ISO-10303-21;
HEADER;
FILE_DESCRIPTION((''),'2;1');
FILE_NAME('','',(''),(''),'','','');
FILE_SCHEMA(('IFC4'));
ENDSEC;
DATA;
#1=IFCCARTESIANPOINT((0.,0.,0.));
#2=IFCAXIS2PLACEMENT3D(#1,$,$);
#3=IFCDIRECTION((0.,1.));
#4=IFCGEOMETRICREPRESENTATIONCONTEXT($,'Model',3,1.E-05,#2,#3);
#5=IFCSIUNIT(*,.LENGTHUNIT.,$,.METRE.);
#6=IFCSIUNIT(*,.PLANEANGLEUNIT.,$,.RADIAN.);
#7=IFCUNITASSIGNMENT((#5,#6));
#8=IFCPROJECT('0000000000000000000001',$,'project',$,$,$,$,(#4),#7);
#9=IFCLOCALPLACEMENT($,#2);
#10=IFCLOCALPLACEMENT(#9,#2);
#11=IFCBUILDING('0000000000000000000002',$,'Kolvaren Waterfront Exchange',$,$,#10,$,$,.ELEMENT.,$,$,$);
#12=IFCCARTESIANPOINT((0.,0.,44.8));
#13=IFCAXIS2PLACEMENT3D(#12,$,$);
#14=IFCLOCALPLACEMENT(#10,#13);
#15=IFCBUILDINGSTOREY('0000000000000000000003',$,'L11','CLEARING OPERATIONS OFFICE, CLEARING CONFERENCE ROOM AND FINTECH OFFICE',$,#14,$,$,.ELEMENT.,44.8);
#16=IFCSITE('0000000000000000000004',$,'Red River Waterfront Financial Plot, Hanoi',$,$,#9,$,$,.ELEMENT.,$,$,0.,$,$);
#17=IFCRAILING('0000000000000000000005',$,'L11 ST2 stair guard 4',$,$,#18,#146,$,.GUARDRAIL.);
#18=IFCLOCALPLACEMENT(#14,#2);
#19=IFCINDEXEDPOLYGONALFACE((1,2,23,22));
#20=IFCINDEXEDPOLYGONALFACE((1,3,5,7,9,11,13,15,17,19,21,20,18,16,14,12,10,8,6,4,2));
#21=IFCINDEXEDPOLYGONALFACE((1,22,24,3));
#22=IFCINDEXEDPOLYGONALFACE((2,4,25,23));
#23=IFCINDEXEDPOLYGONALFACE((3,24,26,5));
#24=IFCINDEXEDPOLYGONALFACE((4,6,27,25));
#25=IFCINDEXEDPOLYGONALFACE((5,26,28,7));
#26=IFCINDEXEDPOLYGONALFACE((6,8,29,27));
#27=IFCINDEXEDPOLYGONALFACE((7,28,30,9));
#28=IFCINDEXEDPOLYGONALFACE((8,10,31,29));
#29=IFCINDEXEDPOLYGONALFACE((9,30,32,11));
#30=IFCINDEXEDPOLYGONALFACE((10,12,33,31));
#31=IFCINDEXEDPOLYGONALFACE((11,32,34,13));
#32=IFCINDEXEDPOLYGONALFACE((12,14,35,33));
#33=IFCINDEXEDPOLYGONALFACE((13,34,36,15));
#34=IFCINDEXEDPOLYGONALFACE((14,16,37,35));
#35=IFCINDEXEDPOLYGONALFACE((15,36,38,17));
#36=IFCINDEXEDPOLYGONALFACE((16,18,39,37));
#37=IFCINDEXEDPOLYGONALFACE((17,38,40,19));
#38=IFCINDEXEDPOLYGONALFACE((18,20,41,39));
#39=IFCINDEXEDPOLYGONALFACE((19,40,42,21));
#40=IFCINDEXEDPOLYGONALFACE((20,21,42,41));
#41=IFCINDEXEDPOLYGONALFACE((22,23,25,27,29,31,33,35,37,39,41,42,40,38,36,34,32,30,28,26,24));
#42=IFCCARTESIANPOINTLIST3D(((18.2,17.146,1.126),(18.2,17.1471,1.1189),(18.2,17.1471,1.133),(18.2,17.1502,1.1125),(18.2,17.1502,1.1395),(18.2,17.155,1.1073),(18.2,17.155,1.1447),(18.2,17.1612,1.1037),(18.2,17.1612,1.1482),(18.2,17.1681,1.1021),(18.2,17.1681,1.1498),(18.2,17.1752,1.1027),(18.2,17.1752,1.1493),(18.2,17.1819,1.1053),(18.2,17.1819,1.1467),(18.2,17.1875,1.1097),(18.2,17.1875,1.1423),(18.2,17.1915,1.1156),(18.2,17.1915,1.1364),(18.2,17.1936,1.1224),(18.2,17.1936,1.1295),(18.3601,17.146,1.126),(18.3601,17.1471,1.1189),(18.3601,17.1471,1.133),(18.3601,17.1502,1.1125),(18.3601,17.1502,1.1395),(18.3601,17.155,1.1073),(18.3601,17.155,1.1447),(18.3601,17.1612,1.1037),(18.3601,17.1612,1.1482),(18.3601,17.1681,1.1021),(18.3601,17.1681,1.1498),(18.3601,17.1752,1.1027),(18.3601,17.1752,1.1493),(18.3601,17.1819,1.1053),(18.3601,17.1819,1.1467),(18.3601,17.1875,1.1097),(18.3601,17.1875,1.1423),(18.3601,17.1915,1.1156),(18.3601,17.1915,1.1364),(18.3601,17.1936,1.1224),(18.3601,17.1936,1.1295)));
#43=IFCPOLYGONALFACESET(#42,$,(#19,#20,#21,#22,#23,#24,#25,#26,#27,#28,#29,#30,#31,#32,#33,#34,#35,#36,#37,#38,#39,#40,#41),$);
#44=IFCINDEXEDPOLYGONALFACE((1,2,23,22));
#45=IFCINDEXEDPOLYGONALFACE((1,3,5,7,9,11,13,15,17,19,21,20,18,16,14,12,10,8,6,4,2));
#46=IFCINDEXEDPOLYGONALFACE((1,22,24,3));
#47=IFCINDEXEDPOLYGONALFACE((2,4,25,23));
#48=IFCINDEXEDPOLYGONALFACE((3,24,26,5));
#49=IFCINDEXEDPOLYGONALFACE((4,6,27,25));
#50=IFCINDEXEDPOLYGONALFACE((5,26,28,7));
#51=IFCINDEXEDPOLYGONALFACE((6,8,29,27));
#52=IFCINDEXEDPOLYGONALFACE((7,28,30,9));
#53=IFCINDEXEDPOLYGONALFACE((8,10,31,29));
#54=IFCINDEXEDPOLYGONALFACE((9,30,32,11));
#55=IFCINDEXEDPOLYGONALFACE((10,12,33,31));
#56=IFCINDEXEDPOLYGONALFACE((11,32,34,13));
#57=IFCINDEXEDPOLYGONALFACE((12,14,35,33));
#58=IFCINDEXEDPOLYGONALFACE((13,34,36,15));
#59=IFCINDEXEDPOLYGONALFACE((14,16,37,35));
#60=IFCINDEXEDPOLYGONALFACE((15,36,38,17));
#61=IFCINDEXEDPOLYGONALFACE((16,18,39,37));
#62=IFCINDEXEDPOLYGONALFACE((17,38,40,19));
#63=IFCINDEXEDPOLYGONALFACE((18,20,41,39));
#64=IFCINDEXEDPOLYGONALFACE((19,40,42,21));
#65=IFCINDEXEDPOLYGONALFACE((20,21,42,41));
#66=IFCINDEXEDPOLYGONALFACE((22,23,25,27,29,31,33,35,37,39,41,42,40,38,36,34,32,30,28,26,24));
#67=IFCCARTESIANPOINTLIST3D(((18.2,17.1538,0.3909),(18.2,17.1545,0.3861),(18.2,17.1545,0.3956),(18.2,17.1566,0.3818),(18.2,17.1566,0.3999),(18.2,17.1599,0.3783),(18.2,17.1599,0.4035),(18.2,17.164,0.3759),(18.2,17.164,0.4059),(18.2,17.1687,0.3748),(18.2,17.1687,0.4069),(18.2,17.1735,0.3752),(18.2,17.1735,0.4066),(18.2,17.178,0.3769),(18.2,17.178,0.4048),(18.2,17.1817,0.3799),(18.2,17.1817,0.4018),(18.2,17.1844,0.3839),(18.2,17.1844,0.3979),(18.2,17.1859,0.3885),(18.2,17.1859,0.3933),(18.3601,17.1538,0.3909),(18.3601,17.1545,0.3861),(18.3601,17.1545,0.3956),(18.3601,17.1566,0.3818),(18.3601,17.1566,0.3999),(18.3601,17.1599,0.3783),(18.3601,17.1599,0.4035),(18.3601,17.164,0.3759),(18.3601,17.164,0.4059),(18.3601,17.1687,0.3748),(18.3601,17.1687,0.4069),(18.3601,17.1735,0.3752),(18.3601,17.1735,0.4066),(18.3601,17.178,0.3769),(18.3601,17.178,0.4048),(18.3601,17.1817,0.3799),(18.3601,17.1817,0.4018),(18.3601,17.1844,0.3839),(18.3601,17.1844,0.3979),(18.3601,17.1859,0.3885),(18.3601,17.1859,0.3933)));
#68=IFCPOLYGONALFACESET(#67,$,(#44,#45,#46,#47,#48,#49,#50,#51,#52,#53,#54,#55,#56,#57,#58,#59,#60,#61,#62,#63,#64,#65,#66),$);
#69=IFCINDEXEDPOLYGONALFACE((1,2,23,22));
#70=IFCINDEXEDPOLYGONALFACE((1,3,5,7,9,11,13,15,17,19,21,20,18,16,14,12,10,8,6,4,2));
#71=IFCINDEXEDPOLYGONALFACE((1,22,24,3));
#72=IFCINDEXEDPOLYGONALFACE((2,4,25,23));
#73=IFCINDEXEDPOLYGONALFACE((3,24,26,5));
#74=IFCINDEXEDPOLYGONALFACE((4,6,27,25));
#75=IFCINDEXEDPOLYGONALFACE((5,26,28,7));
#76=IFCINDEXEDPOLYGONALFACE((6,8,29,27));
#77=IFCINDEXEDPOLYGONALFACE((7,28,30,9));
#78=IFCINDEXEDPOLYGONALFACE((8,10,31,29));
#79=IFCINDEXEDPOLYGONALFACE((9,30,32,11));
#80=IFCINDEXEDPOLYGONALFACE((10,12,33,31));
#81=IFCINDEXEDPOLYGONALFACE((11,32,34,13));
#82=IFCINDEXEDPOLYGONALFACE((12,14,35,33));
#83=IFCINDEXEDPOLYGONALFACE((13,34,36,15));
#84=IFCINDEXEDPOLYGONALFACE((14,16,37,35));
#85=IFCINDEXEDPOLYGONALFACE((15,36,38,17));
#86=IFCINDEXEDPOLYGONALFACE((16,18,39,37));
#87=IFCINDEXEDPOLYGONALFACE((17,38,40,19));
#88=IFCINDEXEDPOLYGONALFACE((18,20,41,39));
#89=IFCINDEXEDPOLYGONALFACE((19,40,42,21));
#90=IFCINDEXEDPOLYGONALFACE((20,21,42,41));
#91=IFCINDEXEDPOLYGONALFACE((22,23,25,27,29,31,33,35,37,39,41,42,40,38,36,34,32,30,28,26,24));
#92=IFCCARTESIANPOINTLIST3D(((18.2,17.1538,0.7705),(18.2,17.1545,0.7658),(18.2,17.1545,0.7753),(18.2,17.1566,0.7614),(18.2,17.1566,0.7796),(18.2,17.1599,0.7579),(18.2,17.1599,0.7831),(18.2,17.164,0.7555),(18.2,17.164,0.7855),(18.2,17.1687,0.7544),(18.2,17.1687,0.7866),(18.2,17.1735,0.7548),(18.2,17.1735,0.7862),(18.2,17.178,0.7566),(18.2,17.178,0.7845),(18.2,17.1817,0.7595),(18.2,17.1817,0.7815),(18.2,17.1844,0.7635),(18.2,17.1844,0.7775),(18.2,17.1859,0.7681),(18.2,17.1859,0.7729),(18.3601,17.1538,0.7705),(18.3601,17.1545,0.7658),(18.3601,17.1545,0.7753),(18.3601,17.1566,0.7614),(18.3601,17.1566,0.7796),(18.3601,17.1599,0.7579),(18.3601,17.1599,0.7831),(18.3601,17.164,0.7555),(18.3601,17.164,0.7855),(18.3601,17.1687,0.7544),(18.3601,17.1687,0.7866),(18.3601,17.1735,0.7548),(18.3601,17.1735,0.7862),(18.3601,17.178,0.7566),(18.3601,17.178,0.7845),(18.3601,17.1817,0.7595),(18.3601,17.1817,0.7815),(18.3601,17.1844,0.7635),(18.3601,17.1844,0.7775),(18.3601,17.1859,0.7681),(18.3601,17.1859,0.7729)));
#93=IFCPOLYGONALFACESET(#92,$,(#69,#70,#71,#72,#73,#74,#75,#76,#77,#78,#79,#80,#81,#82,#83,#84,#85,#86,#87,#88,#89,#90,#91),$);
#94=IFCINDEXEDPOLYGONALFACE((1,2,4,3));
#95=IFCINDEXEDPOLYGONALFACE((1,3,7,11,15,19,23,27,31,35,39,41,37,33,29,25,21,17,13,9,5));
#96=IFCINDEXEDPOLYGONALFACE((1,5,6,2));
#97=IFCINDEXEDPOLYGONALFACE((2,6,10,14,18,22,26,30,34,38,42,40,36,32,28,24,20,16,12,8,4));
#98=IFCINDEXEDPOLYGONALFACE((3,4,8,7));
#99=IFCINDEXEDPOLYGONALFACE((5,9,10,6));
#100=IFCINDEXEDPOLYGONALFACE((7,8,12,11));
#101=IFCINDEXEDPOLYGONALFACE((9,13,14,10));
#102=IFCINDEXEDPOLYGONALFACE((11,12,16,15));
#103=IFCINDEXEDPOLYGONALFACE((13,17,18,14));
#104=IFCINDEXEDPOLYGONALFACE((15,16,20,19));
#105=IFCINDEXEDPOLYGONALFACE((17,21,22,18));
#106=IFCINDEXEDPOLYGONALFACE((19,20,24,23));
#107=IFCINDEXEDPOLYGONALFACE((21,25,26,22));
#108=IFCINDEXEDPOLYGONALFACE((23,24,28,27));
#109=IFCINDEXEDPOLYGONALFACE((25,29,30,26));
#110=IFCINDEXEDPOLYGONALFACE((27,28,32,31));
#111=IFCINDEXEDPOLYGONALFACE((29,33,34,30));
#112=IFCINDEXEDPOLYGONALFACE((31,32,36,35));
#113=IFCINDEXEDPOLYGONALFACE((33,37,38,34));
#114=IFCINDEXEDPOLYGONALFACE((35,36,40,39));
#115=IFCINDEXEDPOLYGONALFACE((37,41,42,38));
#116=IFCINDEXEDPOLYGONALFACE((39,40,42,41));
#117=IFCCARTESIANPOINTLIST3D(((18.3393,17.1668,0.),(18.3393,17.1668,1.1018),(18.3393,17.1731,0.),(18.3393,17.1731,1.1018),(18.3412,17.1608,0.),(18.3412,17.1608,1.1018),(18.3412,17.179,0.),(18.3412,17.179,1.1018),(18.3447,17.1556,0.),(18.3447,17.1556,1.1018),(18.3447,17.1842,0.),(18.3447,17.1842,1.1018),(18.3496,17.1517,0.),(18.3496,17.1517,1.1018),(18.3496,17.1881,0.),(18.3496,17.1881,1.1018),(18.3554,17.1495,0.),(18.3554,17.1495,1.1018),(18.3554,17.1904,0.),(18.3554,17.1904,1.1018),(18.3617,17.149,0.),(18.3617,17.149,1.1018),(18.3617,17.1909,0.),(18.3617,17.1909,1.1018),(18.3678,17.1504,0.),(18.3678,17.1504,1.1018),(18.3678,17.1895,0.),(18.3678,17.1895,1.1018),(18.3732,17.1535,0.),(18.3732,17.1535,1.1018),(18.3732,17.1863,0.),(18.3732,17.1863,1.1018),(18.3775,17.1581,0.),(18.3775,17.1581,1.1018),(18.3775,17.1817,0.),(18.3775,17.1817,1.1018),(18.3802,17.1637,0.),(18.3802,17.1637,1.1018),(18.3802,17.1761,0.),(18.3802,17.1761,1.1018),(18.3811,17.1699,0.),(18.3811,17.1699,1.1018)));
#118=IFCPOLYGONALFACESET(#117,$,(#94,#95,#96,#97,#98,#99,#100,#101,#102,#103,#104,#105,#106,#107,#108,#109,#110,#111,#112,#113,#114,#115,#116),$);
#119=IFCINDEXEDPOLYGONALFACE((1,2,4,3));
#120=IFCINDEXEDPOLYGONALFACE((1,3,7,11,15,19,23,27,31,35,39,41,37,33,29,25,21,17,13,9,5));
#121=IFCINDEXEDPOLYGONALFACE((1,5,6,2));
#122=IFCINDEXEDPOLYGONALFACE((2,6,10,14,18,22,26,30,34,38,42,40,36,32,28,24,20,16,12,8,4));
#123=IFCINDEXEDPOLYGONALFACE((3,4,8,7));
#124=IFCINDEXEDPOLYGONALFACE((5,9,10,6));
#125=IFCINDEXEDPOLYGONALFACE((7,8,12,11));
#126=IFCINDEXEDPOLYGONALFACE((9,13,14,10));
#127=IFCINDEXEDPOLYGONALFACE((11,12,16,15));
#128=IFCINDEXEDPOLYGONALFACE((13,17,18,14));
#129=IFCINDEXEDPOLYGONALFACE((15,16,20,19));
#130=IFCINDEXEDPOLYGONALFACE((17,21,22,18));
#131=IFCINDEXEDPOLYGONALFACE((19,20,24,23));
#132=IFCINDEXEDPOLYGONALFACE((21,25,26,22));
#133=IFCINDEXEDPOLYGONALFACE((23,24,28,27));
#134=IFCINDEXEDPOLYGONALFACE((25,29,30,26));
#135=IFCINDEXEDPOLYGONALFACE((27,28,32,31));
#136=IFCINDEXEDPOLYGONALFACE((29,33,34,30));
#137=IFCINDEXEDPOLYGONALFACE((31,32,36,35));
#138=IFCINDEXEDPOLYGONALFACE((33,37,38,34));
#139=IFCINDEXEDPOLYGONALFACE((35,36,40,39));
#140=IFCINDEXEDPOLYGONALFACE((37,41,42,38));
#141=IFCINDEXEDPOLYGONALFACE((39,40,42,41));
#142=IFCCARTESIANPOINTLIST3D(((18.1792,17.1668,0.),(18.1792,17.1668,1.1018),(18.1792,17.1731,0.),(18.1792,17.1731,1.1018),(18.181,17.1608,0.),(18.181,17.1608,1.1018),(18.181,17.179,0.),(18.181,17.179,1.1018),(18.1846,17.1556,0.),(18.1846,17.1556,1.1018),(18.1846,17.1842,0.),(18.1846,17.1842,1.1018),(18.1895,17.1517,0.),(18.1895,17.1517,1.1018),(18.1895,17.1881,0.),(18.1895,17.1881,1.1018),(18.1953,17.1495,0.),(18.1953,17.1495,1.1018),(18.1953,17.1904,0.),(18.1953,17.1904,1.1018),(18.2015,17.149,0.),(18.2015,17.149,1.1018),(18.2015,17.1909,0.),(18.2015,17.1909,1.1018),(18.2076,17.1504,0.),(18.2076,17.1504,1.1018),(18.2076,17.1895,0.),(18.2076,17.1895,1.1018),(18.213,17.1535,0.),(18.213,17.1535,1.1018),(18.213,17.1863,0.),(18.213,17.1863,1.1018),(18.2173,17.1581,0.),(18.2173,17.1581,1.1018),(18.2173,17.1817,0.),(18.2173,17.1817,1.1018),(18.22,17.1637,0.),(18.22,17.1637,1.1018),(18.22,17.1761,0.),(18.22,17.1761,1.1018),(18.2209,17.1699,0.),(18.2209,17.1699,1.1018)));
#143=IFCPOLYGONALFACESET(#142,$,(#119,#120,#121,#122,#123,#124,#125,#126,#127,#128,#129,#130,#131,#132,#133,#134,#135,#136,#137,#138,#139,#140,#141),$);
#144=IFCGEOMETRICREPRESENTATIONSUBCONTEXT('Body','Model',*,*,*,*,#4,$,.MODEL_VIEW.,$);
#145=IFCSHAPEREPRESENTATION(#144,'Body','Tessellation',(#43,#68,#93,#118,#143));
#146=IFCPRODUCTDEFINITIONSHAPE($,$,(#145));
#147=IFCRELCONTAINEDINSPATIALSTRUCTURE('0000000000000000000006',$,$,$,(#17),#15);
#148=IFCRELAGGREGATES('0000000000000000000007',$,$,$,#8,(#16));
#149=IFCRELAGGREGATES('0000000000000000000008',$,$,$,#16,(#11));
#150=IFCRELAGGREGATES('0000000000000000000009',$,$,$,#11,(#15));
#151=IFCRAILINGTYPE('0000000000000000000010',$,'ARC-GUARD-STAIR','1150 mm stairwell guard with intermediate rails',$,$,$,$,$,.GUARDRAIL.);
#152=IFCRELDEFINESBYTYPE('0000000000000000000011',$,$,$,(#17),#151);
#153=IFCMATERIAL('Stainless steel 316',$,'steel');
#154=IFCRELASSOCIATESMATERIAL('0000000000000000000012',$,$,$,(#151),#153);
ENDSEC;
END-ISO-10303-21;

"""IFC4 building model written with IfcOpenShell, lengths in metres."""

from ifc_helpers import new_model, si_unit, direction, frame, origin, origin_2d, place, context, subcontext, project, spatial, circle, extrude, material, type_object, element, save


model = new_model("IFC4")

# Units and contexts
model_context = context("Model", 3, precision=1e-05, world=origin(), true_north=direction((0.0, 1.0)))
body_context = subcontext(model_context, "Body", "Model", "MODEL_VIEW")
ifc_project = project(units=[si_unit("LENGTHUNIT", "METRE"), si_unit("PLANEANGLEUNIT", "RADIAN")], contexts=[model_context])

# Site, building, storey
site_placement = place(None, origin())
site = spatial("IfcSite", under=ifc_project, at=site_placement, Name="Red River Waterfront Financial Plot, Hanoi", CompositionType="ELEMENT", RefElevation=0.0)
building_placement = place(site_placement, origin())
building = spatial("IfcBuilding", under=site, at=building_placement, Name="Kolvaren Waterfront Exchange", CompositionType="ELEMENT")
storey_placement = place(building_placement, frame((0.0, 0.0, 44.8)))
storey = spatial("IfcBuildingStorey", under=building, at=storey_placement, Name="L11", Description="CLEARING OPERATIONS OFFICE, CLEARING CONFERENCE ROOM AND FINTECH OFFICE", CompositionType="ELEMENT", Elevation=44.8)

# Railing
ifc_material_1 = material(Name="Stainless steel 316", Category="steel")
railing_type_1 = type_object("IfcRailingType", Name="ARC-GUARD-STAIR", Description="1150 mm stairwell guard with intermediate rails", PredefinedType="GUARDRAIL", material=ifc_material_1)
railing_1_placement = place(storey_placement, frame((18.3601, 17.1699, 0.0)))
element("IfcRailing", 1, at=railing_1_placement, inside=storey, type_object=railing_type_1, Name="L11 ST2 stair guard 4", PredefinedType="GUARDRAIL", context=body_context, shape_type="SweptSolid", body=[
    extrude(circle(Radius=0.0239, at=origin_2d()), frame((0.0, 0.0, 1.126), z_axis=(-1.0, 0.0, 0.0), x_axis=(0.0, -1.0, 0.0)), (0.0, 0.0, 1.0), 0.1602),
    extrude(circle(Radius=0.0161, at=origin_2d()), frame((0.0, 0.0, 0.3909), z_axis=(-1.0, 0.0, 0.0), x_axis=(0.0, -1.0, 0.0)), (0.0, 0.0, 1.0), 0.1602),
    extrude(circle(Radius=0.0161, at=origin_2d()), frame((0.0, 0.0, 0.7705), z_axis=(-1.0, 0.0, 0.0), x_axis=(0.0, -1.0, 0.0)), (0.0, 0.0, 1.0), 0.1602),
    extrude(circle(Radius=0.021, at=origin_2d()), origin(), (0.0, 0.0, 1.0), 1.1018),
    extrude(circle(Radius=0.021, at=origin_2d()), frame((-0.1602, 0.0, 0.0)), (0.0, 0.0, 1.0), 1.1018),
])

save(model, "model.ifc")
